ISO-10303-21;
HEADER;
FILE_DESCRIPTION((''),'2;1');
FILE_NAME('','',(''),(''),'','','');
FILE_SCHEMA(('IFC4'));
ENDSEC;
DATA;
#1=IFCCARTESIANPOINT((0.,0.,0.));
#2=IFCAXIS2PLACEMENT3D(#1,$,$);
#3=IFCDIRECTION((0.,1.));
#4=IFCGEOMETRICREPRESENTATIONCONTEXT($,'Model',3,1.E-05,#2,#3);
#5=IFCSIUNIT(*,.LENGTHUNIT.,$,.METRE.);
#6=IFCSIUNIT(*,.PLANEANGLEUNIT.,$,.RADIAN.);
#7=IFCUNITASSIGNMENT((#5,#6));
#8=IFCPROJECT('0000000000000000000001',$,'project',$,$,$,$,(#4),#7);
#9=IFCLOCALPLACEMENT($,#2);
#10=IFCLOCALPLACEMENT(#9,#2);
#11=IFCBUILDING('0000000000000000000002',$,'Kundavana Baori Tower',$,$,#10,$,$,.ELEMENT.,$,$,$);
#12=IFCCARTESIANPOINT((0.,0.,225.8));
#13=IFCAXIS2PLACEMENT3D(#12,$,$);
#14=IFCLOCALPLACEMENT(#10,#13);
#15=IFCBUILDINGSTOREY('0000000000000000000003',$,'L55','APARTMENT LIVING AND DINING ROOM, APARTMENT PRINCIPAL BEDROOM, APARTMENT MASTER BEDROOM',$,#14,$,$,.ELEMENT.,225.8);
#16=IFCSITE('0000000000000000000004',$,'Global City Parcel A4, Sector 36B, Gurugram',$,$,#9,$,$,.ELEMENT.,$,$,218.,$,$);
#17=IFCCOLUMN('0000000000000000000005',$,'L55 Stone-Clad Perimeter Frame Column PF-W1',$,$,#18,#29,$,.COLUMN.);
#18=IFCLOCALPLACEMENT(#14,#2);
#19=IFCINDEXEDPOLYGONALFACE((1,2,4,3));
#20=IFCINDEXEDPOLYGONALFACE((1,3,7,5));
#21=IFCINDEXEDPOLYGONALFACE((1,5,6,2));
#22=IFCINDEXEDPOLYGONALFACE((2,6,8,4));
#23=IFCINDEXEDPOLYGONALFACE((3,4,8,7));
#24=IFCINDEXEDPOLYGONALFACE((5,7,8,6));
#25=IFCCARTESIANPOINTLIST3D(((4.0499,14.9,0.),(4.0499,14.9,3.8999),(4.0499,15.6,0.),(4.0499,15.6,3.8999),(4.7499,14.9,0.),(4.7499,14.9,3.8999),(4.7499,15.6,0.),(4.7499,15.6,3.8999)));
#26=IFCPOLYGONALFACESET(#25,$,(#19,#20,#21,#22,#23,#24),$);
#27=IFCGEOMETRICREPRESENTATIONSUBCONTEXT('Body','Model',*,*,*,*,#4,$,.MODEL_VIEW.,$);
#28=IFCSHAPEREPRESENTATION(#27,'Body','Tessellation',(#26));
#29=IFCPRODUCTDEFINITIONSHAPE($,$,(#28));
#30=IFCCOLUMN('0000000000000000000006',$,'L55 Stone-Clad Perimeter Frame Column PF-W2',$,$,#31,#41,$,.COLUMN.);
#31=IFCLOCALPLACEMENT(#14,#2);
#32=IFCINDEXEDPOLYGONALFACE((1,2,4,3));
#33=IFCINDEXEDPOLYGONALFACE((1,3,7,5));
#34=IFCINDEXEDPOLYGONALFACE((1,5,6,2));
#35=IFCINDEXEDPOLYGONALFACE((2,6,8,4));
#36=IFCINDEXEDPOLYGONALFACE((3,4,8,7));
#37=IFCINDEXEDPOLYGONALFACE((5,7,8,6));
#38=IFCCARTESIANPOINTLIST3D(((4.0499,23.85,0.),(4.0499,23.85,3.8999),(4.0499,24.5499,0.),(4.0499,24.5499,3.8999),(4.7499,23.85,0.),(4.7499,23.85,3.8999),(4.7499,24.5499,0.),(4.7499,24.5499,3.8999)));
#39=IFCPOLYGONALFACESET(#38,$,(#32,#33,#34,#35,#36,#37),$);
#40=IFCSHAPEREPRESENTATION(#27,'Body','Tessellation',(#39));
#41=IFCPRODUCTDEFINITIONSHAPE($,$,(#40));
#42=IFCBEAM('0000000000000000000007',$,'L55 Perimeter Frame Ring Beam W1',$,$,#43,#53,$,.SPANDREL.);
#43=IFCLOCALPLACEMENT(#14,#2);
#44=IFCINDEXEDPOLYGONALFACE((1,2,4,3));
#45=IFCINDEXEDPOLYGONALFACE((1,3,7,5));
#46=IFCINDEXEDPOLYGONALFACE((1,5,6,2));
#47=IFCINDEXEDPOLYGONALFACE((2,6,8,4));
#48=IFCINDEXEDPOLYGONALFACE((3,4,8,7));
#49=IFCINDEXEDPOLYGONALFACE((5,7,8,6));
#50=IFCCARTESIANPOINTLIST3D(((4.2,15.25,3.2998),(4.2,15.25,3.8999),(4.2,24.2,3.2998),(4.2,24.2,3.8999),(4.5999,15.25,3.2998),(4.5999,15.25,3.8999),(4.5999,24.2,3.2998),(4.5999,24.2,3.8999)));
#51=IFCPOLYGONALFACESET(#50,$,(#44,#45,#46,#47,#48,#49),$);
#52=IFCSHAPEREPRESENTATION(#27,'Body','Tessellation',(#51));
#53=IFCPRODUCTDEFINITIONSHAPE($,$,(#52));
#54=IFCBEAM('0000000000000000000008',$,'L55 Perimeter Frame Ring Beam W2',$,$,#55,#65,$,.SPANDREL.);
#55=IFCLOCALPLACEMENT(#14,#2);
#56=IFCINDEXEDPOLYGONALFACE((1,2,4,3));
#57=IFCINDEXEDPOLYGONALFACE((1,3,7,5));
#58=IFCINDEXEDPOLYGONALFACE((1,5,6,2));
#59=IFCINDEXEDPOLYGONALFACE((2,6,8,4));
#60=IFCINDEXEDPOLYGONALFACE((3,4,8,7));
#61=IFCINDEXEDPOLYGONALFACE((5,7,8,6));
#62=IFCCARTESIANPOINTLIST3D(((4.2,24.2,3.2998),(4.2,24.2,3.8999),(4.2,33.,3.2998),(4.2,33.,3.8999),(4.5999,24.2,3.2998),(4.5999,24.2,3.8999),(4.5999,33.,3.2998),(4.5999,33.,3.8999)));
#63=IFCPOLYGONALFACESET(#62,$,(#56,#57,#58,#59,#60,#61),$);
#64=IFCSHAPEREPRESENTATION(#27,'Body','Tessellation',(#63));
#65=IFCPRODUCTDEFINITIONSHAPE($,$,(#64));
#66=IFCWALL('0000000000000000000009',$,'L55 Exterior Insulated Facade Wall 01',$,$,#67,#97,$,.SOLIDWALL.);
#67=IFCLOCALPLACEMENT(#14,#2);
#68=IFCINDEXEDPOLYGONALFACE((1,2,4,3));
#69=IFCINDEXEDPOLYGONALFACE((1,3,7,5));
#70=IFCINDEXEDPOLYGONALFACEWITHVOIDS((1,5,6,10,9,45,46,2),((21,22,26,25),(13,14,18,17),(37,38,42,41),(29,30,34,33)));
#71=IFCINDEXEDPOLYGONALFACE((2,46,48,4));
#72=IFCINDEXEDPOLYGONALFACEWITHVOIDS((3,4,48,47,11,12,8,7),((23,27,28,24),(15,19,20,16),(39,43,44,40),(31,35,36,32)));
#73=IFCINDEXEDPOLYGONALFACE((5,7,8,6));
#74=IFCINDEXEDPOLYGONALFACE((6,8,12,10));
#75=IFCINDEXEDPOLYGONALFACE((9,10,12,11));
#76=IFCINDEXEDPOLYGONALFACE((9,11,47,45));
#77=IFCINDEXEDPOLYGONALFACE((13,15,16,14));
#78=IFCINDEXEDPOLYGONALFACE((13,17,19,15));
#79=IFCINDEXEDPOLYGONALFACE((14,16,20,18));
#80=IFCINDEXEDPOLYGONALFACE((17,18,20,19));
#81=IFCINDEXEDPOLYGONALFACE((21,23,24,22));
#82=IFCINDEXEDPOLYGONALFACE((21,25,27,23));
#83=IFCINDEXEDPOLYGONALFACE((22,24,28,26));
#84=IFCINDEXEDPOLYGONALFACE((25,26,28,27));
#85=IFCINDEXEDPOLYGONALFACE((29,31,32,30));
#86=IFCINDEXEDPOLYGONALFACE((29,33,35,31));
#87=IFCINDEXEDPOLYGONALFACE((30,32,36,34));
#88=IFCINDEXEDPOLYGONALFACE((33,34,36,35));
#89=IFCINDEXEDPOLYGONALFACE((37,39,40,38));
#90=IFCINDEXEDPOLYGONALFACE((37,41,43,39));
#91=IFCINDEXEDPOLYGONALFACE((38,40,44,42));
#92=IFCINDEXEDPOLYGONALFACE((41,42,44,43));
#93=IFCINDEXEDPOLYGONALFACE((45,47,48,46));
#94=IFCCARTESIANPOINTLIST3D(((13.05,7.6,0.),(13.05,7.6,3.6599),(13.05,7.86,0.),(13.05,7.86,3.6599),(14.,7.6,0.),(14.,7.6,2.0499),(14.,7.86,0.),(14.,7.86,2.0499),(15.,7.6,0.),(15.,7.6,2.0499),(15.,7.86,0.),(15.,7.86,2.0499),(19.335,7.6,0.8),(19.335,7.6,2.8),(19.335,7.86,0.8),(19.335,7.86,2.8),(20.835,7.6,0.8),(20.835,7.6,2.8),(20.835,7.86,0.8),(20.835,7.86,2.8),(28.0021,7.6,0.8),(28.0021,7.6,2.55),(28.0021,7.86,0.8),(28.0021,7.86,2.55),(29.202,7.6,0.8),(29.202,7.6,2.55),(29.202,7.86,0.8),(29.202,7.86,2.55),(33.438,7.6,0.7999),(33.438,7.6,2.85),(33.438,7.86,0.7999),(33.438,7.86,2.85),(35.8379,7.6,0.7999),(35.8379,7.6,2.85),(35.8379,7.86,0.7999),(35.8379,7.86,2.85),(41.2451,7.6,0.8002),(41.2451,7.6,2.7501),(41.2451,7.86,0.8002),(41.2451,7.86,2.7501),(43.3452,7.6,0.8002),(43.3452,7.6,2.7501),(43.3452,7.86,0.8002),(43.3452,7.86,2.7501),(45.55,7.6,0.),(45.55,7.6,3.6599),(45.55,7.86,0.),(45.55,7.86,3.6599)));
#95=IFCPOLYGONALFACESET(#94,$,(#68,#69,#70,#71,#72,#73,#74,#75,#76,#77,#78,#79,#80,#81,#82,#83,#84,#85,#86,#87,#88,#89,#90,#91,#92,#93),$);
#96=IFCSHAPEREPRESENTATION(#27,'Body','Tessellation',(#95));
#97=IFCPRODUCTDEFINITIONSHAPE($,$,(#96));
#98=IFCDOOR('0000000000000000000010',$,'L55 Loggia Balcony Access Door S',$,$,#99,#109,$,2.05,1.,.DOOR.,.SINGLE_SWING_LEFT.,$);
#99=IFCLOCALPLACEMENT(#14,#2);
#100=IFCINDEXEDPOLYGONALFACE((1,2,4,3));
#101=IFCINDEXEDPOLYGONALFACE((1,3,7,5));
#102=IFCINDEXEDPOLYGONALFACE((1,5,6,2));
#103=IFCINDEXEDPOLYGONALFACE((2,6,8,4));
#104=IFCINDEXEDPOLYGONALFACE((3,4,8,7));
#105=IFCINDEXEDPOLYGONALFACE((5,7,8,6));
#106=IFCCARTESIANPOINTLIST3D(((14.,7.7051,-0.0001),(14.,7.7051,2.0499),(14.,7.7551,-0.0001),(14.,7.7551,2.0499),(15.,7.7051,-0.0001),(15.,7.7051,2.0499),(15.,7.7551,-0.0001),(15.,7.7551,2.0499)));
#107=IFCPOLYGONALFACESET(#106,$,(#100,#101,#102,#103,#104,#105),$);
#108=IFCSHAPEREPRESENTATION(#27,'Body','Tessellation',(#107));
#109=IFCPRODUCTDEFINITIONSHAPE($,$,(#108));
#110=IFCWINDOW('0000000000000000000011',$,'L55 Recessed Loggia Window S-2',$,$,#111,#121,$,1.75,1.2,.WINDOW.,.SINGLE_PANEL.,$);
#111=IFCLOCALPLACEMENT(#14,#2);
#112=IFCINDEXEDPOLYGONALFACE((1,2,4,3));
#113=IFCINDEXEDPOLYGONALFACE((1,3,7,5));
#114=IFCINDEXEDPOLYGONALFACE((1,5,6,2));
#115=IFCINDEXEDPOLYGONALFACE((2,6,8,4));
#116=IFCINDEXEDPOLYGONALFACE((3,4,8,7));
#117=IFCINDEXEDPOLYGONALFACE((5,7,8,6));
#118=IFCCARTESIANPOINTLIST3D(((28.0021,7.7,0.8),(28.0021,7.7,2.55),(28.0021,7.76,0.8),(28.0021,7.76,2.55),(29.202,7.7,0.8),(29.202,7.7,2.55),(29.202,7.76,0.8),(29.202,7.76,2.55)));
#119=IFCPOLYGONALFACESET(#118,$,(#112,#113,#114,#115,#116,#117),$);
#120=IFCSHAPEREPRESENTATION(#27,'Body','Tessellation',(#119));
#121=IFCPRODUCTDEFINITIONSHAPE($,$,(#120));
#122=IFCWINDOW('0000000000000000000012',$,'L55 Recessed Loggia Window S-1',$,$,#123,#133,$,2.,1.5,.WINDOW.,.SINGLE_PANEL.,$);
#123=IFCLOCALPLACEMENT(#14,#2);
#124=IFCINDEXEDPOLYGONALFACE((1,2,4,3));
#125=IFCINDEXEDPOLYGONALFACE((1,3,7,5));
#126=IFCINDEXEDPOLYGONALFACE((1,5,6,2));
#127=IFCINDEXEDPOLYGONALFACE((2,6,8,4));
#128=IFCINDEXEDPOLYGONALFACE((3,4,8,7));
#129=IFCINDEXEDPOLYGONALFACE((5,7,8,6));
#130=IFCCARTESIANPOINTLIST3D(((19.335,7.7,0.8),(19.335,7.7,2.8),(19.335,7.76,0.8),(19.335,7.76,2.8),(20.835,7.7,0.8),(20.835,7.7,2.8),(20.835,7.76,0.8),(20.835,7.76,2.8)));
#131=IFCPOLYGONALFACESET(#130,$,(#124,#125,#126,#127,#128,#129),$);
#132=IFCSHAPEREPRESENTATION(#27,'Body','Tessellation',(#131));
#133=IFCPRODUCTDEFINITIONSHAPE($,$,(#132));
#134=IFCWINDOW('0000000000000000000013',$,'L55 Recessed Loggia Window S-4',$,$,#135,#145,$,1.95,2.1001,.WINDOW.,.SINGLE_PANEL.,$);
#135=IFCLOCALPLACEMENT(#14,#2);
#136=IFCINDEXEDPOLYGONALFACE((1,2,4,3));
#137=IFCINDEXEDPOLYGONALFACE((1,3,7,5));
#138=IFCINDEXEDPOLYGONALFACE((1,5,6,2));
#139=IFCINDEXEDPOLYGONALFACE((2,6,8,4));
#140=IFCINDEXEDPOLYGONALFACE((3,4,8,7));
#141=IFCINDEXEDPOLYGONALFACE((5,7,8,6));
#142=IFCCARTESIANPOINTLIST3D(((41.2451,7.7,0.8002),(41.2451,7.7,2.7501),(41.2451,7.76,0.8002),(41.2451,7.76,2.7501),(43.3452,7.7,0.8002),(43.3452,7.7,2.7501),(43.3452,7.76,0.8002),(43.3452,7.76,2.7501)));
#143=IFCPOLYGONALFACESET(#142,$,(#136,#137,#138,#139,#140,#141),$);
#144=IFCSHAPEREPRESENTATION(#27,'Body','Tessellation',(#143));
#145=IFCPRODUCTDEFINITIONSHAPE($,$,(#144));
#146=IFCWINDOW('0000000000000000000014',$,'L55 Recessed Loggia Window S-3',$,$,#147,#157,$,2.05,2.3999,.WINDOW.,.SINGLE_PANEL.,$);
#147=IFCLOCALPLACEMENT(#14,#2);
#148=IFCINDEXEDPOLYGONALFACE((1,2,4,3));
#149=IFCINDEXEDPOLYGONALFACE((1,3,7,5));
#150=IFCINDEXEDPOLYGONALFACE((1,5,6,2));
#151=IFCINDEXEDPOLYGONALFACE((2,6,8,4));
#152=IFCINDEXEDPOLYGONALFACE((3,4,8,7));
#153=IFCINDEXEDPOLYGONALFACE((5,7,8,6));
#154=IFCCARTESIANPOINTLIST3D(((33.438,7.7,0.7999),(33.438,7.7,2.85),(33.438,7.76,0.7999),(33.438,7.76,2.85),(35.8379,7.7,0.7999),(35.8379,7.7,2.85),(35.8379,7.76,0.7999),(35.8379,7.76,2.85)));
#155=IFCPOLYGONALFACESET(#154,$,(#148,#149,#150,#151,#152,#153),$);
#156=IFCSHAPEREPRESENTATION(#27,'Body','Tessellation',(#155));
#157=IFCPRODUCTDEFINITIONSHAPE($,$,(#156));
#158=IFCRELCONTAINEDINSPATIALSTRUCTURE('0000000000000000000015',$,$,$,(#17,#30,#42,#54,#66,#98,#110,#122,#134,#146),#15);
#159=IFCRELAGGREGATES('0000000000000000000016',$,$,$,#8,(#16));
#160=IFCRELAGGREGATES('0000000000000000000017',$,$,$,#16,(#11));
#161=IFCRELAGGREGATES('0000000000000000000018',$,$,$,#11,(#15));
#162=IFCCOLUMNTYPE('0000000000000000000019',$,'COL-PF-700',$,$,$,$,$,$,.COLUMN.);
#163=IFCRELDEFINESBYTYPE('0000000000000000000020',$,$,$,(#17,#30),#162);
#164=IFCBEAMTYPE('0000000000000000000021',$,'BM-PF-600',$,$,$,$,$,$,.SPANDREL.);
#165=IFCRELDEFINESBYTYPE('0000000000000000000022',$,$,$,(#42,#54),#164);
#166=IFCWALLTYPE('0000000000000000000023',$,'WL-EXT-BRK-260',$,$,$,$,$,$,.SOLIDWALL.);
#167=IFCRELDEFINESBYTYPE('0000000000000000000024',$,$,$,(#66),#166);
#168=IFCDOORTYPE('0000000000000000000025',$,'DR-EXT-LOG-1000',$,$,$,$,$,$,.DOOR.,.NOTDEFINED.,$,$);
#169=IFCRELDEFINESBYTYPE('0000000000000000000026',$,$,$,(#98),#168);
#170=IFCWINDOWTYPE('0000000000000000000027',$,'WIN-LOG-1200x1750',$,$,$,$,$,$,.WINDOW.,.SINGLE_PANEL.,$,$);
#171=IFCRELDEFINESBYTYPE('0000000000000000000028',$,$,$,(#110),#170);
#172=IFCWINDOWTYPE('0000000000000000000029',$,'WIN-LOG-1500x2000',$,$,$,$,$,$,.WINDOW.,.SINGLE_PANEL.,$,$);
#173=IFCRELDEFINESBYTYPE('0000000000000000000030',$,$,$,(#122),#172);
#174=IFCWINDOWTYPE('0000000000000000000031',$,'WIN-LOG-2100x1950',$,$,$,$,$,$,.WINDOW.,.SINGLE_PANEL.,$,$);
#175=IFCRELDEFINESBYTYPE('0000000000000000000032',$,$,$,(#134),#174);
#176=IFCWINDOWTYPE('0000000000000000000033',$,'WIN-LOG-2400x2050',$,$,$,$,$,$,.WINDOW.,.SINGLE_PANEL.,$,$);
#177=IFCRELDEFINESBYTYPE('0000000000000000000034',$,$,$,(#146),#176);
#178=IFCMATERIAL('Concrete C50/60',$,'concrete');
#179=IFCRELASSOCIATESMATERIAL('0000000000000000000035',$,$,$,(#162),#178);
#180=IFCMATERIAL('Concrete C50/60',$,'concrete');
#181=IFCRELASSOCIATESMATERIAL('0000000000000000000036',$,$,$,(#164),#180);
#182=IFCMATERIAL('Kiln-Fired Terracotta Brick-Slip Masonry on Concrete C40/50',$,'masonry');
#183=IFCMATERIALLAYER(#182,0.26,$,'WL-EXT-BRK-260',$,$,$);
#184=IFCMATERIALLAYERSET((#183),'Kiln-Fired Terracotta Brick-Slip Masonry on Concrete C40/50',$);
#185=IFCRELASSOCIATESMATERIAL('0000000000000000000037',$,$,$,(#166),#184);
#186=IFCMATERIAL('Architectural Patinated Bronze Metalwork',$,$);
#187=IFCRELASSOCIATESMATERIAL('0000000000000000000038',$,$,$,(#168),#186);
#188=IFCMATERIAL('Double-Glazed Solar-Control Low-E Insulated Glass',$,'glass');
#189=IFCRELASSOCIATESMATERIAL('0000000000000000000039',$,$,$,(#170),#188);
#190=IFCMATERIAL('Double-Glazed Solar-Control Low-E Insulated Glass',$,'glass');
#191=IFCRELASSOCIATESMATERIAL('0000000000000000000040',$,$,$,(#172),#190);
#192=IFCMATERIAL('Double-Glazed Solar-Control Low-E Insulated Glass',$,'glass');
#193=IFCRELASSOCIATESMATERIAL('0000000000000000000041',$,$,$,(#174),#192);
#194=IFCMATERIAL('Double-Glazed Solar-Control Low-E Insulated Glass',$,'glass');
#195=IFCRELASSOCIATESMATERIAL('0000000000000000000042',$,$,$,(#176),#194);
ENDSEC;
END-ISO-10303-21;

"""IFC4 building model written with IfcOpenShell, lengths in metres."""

from ifc_helpers import new_model, si_unit, direction, frame, frame_2d, origin, origin_2d, place, context, subcontext, project, spatial, rectangle, extrude, material, layer, layer_set, material_profile, profile_set, type_object, element, fill, save


model = new_model("IFC4")

# Units and contexts
model_context = context("Model", 3, precision=1e-05, world=origin(), true_north=direction((0.0, 1.0)))
body_context = subcontext(model_context, "Body", "Model", "MODEL_VIEW")
ifc_project = project(units=[si_unit("LENGTHUNIT", "METRE"), si_unit("PLANEANGLEUNIT", "RADIAN")], contexts=[model_context])

# Site, building, storey
site_placement = place(None, origin())
site = spatial("IfcSite", under=ifc_project, at=site_placement, Name="Global City Parcel A4, Sector 36B, Gurugram", CompositionType="ELEMENT", RefElevation=218.0)
building_placement = place(site_placement, origin())
building = spatial("IfcBuilding", under=site, at=building_placement, Name="Kundavana Baori Tower", CompositionType="ELEMENT")
storey_placement = place(building_placement, frame((0.0, 0.0, 225.8)))
storey = spatial("IfcBuildingStorey", under=building, at=storey_placement, Name="L55", Description="APARTMENT LIVING AND DINING ROOM, APARTMENT PRINCIPAL BEDROOM, APARTMENT MASTER BEDROOM", CompositionType="ELEMENT", Elevation=225.8)

# Columns
ifc_material_1 = material(Name="Concrete C50/60", Category="concrete")
ifc_material_profile_1 = material_profile(ifc_material_1, rectangle(XDim=0.7, YDim=0.7, at=origin_2d()), Name="RC PF 700x700")
ifc_profile_set_1 = profile_set([ifc_material_profile_1], Name="Concrete C50/60")
column_type = type_object("IfcColumnType", Name="COL-PF-700", PredefinedType="COLUMN", material=ifc_profile_set_1)
for number, where, z_axis, x_axis, name in (
    (1, (4.3999, 15.25, 0.0), (0.0, 0.0, 1.0), (1.0, 0.0, 0.0), "L55 Stone-Clad Perimeter Frame Column PF-W1"),
    (2, (4.3999, 24.2, 0.0), (0.0, 0.0, 1.0), (1.0, 0.0, 0.0), "L55 Stone-Clad Perimeter Frame Column PF-W2"),
):
    element("IfcColumn", number, at=place(storey_placement, frame(where, z_axis=z_axis, x_axis=x_axis)), inside=storey, type_object=column_type, Name=name, PredefinedType="COLUMN", context=body_context, shape_type="SweptSolid", body=[
        extrude(rectangle(XDim=0.7, YDim=0.7, at=origin_2d()), origin(), (0.0, 0.0, 1.0), 3.8999),
    ])

# Beams
ifc_material_2 = material(Name="Concrete C50/60", Category="concrete")
ifc_material_profile_2 = material_profile(ifc_material_2, rectangle(XDim=0.3999, YDim=0.6001, at=origin_2d()), Name="RC BM 400x600")
ifc_profile_set_2 = profile_set([ifc_material_profile_2], Name="Concrete C50/60")
beam_type = type_object("IfcBeamType", Name="BM-PF-600", PredefinedType="SPANDREL", material=ifc_profile_set_2)
beam_1_placement = place(storey_placement, frame((4.3999, 15.25, 3.5999), z_axis=(0.0, 1.0, 0.0), x_axis=(-1.0, 0.0, 0.0)))
element("IfcBeam", 3, at=beam_1_placement, inside=storey, type_object=beam_type, Name="L55 Perimeter Frame Ring Beam W1", PredefinedType="SPANDREL", context=body_context, shape_type="SweptSolid", body=[
    extrude(rectangle(XDim=0.3999, YDim=0.6001, at=origin_2d()), origin(), (0.0, 0.0, 1.0), 8.95),
])
beam_2_placement = place(storey_placement, frame((4.3999, 24.2, 3.5999), z_axis=(0.0, 1.0, 0.0), x_axis=(-1.0, 0.0, 0.0)))
element("IfcBeam", 4, at=beam_2_placement, inside=storey, type_object=beam_type, Name="L55 Perimeter Frame Ring Beam W2", PredefinedType="SPANDREL", context=body_context, shape_type="SweptSolid", body=[
    extrude(rectangle(XDim=0.3999, YDim=0.6001, at=origin_2d()), origin(), (0.0, 0.0, 1.0), 8.8),
])

# Wall, openings, door, windows
ifc_material_3 = material(Name="Kiln-Fired Terracotta Brick-Slip Masonry on Concrete C40/50", Category="masonry")
ifc_layer_1 = layer(ifc_material_3, 0.26, Name="WL-EXT-BRK-260")
ifc_layer_set_1 = layer_set([ifc_layer_1], Name="Kiln-Fired Terracotta Brick-Slip Masonry on Concrete C40/50")
wall_type_1 = type_object("IfcWallType", Name="WL-EXT-BRK-260", PredefinedType="SOLIDWALL", material=ifc_layer_set_1)
wall_1_placement = place(storey_placement, frame((13.05, 7.73, 0.0), z_axis=(0.0, 0.0, 1.0), x_axis=(1.0, 0.0, 0.0)))
wall_1 = element("IfcWall", 5, at=wall_1_placement, inside=storey, type_object=wall_type_1, Name="L55 Exterior Insulated Facade Wall 01", PredefinedType="SOLIDWALL", context=body_context, shape_type="SweptSolid", body=[
    extrude(rectangle(XDim=32.5, YDim=0.26, at=frame_2d((16.25, 0.0))), origin(), (0.0, 0.0, 1.0), 3.6599),
])
opening_1_placement = place(wall_1_placement, frame((0.95, 0.0, 0.0)))
opening_1 = element("IfcOpeningElement", 6, at=opening_1_placement, cuts=wall_1, PredefinedType="OPENING", context=body_context, shape_type="SweptSolid", body=[
    extrude(rectangle(XDim=1.0, YDim=2.05, at=frame_2d((0.5, 1.0249))), frame((0.0, 0.1401, 0.0), z_axis=(0.0, -1.0, 0.0), x_axis=(1.0, 0.0, 0.0)), (0.0, 0.0, 1.0), 0.28),
])
opening_2_placement = place(wall_1_placement, frame((6.2849, 0.0, 0.8)))
opening_2 = element("IfcOpeningElement", 7, at=opening_2_placement, cuts=wall_1, PredefinedType="OPENING", context=body_context, shape_type="SweptSolid", body=[
    extrude(rectangle(XDim=1.5, YDim=2.0, at=frame_2d((0.75, 1.0))), frame((0.0, 0.1401, 0.0), z_axis=(0.0, -1.0, 0.0), x_axis=(1.0, 0.0, 0.0)), (0.0, 0.0, 1.0), 0.28),
])
opening_3_placement = place(wall_1_placement, frame((14.9519, 0.0, 0.8)))
opening_3 = element("IfcOpeningElement", 8, at=opening_3_placement, cuts=wall_1, PredefinedType="OPENING", context=body_context, shape_type="SweptSolid", body=[
    extrude(rectangle(XDim=1.2, YDim=1.75, at=frame_2d((0.6001, 0.875))), frame((0.0, 0.1401, 0.0), z_axis=(0.0, -1.0, 0.0), x_axis=(1.0, 0.0, 0.0)), (0.0, 0.0, 1.0), 0.28),
])
opening_4_placement = place(wall_1_placement, frame((20.3879, 0.0, 0.8)))
opening_4 = element("IfcOpeningElement", 9, at=opening_4_placement, cuts=wall_1, PredefinedType="OPENING", context=body_context, shape_type="SweptSolid", body=[
    extrude(rectangle(XDim=2.3999, YDim=2.05, at=frame_2d((1.2, 1.0249))), frame((0.0, 0.1401, 0.0), z_axis=(0.0, -1.0, 0.0), x_axis=(1.0, 0.0, 0.0)), (0.0, 0.0, 1.0), 0.28),
])
opening_5_placement = place(wall_1_placement, frame((28.1951, 0.0, 0.8)))
opening_5 = element("IfcOpeningElement", 10, at=opening_5_placement, cuts=wall_1, PredefinedType="OPENING", context=body_context, shape_type="SweptSolid", body=[
    extrude(rectangle(XDim=2.1001, YDim=1.95, at=frame_2d((1.05, 0.9751))), frame((0.0, 0.1401, 0.0), z_axis=(0.0, -1.0, 0.0), x_axis=(1.0, 0.0, 0.0)), (0.0, 0.0, 1.0), 0.28),
])
ifc_material_4 = material(Name="Architectural Patinated Bronze Metalwork")
door_type_1 = type_object("IfcDoorType", Name="DR-EXT-LOG-1000", OperationType="NOTDEFINED", PredefinedType="DOOR", material=ifc_material_4)
door_1_placement = place(opening_1_placement, frame((1.0, 0.0, 0.0), z_axis=(0.0, 0.0, 1.0), x_axis=(-1.0, 0.0, 0.0)))
door_1 = element("IfcDoor", 11, at=door_1_placement, inside=storey, type_object=door_type_1, Name="L55 Loggia Balcony Access Door S", OperationType="SINGLE_SWING_LEFT", OverallHeight=2.05, OverallWidth=1.0, PredefinedType="DOOR", context=body_context, shape_type="SweptSolid", body=[
    extrude(rectangle(XDim=1.0, YDim=2.05, at=frame_2d((0.5, 1.0249))), frame((0.0, 0.0249, 0.0), z_axis=(0.0, -1.0, 0.0), x_axis=(1.0, 0.0, 0.0)), (0.0, 0.0, 1.0), 0.05),
])
fill(opening_1, door_1)
ifc_material_5 = material(Name="Double-Glazed Solar-Control Low-E Insulated Glass", Category="glass")
window_type_1 = type_object("IfcWindowType", Name="WIN-LOG-1200x1750", PartitioningType="SINGLE_PANEL", PredefinedType="WINDOW", material=ifc_material_5)
window_1_placement = place(opening_3_placement, origin())
window_1 = element("IfcWindow", 12, at=window_1_placement, inside=storey, type_object=window_type_1, Name="L55 Recessed Loggia Window S-2", OverallHeight=1.75, OverallWidth=1.2, PartitioningType="SINGLE_PANEL", PredefinedType="WINDOW", context=body_context, shape_type="SweptSolid", body=[
    extrude(rectangle(XDim=1.2, YDim=1.75, at=frame_2d((0.6001, 0.875))), frame((0.0, 0.03, 0.0), z_axis=(0.0, -1.0, 0.0), x_axis=(1.0, 0.0, 0.0)), (0.0, 0.0, 1.0), 0.0601),
])
fill(opening_3, window_1)
ifc_material_6 = material(Name="Double-Glazed Solar-Control Low-E Insulated Glass", Category="glass")
window_type_2 = type_object("IfcWindowType", Name="WIN-LOG-1500x2000", PartitioningType="SINGLE_PANEL", PredefinedType="WINDOW", material=ifc_material_6)
window_2_placement = place(opening_2_placement, origin())
window_2 = element("IfcWindow", 13, at=window_2_placement, inside=storey, type_object=window_type_2, Name="L55 Recessed Loggia Window S-1", OverallHeight=2.0, OverallWidth=1.5, PartitioningType="SINGLE_PANEL", PredefinedType="WINDOW", context=body_context, shape_type="SweptSolid", body=[
    extrude(rectangle(XDim=1.5, YDim=2.0, at=frame_2d((0.75, 1.0))), frame((0.0, 0.03, 0.0), z_axis=(0.0, -1.0, 0.0), x_axis=(1.0, 0.0, 0.0)), (0.0, 0.0, 1.0), 0.0601),
])
fill(opening_2, window_2)
ifc_material_7 = material(Name="Double-Glazed Solar-Control Low-E Insulated Glass", Category="glass")
window_type_3 = type_object("IfcWindowType", Name="WIN-LOG-2100x1950", PartitioningType="SINGLE_PANEL", PredefinedType="WINDOW", material=ifc_material_7)
window_3_placement = place(opening_5_placement, origin())
window_3 = element("IfcWindow", 14, at=window_3_placement, inside=storey, type_object=window_type_3, Name="L55 Recessed Loggia Window S-4", OverallHeight=1.95, OverallWidth=2.1001, PartitioningType="SINGLE_PANEL", PredefinedType="WINDOW", context=body_context, shape_type="SweptSolid", body=[
    extrude(rectangle(XDim=2.1001, YDim=1.95, at=frame_2d((1.05, 0.9751))), frame((0.0, 0.03, 0.0), z_axis=(0.0, -1.0, 0.0), x_axis=(1.0, 0.0, 0.0)), (0.0, 0.0, 1.0), 0.0601),
])
fill(opening_5, window_3)
ifc_material_8 = material(Name="Double-Glazed Solar-Control Low-E Insulated Glass", Category="glass")
window_type_4 = type_object("IfcWindowType", Name="WIN-LOG-2400x2050", PartitioningType="SINGLE_PANEL", PredefinedType="WINDOW", material=ifc_material_8)
window_4_placement = place(opening_4_placement, origin())
window_4 = element("IfcWindow", 15, at=window_4_placement, inside=storey, type_object=window_type_4, Name="L55 Recessed Loggia Window S-3", OverallHeight=2.05, OverallWidth=2.3999, PartitioningType="SINGLE_PANEL", PredefinedType="WINDOW", context=body_context, shape_type="SweptSolid", body=[
    extrude(rectangle(XDim=2.3999, YDim=2.05, at=frame_2d((1.2, 1.0249))), frame((0.0, 0.03, 0.0), z_axis=(0.0, -1.0, 0.0), x_axis=(1.0, 0.0, 0.0)), (0.0, 0.0, 1.0), 0.0601),
])
fill(opening_4, window_4)

save(model, "model.ifc")
